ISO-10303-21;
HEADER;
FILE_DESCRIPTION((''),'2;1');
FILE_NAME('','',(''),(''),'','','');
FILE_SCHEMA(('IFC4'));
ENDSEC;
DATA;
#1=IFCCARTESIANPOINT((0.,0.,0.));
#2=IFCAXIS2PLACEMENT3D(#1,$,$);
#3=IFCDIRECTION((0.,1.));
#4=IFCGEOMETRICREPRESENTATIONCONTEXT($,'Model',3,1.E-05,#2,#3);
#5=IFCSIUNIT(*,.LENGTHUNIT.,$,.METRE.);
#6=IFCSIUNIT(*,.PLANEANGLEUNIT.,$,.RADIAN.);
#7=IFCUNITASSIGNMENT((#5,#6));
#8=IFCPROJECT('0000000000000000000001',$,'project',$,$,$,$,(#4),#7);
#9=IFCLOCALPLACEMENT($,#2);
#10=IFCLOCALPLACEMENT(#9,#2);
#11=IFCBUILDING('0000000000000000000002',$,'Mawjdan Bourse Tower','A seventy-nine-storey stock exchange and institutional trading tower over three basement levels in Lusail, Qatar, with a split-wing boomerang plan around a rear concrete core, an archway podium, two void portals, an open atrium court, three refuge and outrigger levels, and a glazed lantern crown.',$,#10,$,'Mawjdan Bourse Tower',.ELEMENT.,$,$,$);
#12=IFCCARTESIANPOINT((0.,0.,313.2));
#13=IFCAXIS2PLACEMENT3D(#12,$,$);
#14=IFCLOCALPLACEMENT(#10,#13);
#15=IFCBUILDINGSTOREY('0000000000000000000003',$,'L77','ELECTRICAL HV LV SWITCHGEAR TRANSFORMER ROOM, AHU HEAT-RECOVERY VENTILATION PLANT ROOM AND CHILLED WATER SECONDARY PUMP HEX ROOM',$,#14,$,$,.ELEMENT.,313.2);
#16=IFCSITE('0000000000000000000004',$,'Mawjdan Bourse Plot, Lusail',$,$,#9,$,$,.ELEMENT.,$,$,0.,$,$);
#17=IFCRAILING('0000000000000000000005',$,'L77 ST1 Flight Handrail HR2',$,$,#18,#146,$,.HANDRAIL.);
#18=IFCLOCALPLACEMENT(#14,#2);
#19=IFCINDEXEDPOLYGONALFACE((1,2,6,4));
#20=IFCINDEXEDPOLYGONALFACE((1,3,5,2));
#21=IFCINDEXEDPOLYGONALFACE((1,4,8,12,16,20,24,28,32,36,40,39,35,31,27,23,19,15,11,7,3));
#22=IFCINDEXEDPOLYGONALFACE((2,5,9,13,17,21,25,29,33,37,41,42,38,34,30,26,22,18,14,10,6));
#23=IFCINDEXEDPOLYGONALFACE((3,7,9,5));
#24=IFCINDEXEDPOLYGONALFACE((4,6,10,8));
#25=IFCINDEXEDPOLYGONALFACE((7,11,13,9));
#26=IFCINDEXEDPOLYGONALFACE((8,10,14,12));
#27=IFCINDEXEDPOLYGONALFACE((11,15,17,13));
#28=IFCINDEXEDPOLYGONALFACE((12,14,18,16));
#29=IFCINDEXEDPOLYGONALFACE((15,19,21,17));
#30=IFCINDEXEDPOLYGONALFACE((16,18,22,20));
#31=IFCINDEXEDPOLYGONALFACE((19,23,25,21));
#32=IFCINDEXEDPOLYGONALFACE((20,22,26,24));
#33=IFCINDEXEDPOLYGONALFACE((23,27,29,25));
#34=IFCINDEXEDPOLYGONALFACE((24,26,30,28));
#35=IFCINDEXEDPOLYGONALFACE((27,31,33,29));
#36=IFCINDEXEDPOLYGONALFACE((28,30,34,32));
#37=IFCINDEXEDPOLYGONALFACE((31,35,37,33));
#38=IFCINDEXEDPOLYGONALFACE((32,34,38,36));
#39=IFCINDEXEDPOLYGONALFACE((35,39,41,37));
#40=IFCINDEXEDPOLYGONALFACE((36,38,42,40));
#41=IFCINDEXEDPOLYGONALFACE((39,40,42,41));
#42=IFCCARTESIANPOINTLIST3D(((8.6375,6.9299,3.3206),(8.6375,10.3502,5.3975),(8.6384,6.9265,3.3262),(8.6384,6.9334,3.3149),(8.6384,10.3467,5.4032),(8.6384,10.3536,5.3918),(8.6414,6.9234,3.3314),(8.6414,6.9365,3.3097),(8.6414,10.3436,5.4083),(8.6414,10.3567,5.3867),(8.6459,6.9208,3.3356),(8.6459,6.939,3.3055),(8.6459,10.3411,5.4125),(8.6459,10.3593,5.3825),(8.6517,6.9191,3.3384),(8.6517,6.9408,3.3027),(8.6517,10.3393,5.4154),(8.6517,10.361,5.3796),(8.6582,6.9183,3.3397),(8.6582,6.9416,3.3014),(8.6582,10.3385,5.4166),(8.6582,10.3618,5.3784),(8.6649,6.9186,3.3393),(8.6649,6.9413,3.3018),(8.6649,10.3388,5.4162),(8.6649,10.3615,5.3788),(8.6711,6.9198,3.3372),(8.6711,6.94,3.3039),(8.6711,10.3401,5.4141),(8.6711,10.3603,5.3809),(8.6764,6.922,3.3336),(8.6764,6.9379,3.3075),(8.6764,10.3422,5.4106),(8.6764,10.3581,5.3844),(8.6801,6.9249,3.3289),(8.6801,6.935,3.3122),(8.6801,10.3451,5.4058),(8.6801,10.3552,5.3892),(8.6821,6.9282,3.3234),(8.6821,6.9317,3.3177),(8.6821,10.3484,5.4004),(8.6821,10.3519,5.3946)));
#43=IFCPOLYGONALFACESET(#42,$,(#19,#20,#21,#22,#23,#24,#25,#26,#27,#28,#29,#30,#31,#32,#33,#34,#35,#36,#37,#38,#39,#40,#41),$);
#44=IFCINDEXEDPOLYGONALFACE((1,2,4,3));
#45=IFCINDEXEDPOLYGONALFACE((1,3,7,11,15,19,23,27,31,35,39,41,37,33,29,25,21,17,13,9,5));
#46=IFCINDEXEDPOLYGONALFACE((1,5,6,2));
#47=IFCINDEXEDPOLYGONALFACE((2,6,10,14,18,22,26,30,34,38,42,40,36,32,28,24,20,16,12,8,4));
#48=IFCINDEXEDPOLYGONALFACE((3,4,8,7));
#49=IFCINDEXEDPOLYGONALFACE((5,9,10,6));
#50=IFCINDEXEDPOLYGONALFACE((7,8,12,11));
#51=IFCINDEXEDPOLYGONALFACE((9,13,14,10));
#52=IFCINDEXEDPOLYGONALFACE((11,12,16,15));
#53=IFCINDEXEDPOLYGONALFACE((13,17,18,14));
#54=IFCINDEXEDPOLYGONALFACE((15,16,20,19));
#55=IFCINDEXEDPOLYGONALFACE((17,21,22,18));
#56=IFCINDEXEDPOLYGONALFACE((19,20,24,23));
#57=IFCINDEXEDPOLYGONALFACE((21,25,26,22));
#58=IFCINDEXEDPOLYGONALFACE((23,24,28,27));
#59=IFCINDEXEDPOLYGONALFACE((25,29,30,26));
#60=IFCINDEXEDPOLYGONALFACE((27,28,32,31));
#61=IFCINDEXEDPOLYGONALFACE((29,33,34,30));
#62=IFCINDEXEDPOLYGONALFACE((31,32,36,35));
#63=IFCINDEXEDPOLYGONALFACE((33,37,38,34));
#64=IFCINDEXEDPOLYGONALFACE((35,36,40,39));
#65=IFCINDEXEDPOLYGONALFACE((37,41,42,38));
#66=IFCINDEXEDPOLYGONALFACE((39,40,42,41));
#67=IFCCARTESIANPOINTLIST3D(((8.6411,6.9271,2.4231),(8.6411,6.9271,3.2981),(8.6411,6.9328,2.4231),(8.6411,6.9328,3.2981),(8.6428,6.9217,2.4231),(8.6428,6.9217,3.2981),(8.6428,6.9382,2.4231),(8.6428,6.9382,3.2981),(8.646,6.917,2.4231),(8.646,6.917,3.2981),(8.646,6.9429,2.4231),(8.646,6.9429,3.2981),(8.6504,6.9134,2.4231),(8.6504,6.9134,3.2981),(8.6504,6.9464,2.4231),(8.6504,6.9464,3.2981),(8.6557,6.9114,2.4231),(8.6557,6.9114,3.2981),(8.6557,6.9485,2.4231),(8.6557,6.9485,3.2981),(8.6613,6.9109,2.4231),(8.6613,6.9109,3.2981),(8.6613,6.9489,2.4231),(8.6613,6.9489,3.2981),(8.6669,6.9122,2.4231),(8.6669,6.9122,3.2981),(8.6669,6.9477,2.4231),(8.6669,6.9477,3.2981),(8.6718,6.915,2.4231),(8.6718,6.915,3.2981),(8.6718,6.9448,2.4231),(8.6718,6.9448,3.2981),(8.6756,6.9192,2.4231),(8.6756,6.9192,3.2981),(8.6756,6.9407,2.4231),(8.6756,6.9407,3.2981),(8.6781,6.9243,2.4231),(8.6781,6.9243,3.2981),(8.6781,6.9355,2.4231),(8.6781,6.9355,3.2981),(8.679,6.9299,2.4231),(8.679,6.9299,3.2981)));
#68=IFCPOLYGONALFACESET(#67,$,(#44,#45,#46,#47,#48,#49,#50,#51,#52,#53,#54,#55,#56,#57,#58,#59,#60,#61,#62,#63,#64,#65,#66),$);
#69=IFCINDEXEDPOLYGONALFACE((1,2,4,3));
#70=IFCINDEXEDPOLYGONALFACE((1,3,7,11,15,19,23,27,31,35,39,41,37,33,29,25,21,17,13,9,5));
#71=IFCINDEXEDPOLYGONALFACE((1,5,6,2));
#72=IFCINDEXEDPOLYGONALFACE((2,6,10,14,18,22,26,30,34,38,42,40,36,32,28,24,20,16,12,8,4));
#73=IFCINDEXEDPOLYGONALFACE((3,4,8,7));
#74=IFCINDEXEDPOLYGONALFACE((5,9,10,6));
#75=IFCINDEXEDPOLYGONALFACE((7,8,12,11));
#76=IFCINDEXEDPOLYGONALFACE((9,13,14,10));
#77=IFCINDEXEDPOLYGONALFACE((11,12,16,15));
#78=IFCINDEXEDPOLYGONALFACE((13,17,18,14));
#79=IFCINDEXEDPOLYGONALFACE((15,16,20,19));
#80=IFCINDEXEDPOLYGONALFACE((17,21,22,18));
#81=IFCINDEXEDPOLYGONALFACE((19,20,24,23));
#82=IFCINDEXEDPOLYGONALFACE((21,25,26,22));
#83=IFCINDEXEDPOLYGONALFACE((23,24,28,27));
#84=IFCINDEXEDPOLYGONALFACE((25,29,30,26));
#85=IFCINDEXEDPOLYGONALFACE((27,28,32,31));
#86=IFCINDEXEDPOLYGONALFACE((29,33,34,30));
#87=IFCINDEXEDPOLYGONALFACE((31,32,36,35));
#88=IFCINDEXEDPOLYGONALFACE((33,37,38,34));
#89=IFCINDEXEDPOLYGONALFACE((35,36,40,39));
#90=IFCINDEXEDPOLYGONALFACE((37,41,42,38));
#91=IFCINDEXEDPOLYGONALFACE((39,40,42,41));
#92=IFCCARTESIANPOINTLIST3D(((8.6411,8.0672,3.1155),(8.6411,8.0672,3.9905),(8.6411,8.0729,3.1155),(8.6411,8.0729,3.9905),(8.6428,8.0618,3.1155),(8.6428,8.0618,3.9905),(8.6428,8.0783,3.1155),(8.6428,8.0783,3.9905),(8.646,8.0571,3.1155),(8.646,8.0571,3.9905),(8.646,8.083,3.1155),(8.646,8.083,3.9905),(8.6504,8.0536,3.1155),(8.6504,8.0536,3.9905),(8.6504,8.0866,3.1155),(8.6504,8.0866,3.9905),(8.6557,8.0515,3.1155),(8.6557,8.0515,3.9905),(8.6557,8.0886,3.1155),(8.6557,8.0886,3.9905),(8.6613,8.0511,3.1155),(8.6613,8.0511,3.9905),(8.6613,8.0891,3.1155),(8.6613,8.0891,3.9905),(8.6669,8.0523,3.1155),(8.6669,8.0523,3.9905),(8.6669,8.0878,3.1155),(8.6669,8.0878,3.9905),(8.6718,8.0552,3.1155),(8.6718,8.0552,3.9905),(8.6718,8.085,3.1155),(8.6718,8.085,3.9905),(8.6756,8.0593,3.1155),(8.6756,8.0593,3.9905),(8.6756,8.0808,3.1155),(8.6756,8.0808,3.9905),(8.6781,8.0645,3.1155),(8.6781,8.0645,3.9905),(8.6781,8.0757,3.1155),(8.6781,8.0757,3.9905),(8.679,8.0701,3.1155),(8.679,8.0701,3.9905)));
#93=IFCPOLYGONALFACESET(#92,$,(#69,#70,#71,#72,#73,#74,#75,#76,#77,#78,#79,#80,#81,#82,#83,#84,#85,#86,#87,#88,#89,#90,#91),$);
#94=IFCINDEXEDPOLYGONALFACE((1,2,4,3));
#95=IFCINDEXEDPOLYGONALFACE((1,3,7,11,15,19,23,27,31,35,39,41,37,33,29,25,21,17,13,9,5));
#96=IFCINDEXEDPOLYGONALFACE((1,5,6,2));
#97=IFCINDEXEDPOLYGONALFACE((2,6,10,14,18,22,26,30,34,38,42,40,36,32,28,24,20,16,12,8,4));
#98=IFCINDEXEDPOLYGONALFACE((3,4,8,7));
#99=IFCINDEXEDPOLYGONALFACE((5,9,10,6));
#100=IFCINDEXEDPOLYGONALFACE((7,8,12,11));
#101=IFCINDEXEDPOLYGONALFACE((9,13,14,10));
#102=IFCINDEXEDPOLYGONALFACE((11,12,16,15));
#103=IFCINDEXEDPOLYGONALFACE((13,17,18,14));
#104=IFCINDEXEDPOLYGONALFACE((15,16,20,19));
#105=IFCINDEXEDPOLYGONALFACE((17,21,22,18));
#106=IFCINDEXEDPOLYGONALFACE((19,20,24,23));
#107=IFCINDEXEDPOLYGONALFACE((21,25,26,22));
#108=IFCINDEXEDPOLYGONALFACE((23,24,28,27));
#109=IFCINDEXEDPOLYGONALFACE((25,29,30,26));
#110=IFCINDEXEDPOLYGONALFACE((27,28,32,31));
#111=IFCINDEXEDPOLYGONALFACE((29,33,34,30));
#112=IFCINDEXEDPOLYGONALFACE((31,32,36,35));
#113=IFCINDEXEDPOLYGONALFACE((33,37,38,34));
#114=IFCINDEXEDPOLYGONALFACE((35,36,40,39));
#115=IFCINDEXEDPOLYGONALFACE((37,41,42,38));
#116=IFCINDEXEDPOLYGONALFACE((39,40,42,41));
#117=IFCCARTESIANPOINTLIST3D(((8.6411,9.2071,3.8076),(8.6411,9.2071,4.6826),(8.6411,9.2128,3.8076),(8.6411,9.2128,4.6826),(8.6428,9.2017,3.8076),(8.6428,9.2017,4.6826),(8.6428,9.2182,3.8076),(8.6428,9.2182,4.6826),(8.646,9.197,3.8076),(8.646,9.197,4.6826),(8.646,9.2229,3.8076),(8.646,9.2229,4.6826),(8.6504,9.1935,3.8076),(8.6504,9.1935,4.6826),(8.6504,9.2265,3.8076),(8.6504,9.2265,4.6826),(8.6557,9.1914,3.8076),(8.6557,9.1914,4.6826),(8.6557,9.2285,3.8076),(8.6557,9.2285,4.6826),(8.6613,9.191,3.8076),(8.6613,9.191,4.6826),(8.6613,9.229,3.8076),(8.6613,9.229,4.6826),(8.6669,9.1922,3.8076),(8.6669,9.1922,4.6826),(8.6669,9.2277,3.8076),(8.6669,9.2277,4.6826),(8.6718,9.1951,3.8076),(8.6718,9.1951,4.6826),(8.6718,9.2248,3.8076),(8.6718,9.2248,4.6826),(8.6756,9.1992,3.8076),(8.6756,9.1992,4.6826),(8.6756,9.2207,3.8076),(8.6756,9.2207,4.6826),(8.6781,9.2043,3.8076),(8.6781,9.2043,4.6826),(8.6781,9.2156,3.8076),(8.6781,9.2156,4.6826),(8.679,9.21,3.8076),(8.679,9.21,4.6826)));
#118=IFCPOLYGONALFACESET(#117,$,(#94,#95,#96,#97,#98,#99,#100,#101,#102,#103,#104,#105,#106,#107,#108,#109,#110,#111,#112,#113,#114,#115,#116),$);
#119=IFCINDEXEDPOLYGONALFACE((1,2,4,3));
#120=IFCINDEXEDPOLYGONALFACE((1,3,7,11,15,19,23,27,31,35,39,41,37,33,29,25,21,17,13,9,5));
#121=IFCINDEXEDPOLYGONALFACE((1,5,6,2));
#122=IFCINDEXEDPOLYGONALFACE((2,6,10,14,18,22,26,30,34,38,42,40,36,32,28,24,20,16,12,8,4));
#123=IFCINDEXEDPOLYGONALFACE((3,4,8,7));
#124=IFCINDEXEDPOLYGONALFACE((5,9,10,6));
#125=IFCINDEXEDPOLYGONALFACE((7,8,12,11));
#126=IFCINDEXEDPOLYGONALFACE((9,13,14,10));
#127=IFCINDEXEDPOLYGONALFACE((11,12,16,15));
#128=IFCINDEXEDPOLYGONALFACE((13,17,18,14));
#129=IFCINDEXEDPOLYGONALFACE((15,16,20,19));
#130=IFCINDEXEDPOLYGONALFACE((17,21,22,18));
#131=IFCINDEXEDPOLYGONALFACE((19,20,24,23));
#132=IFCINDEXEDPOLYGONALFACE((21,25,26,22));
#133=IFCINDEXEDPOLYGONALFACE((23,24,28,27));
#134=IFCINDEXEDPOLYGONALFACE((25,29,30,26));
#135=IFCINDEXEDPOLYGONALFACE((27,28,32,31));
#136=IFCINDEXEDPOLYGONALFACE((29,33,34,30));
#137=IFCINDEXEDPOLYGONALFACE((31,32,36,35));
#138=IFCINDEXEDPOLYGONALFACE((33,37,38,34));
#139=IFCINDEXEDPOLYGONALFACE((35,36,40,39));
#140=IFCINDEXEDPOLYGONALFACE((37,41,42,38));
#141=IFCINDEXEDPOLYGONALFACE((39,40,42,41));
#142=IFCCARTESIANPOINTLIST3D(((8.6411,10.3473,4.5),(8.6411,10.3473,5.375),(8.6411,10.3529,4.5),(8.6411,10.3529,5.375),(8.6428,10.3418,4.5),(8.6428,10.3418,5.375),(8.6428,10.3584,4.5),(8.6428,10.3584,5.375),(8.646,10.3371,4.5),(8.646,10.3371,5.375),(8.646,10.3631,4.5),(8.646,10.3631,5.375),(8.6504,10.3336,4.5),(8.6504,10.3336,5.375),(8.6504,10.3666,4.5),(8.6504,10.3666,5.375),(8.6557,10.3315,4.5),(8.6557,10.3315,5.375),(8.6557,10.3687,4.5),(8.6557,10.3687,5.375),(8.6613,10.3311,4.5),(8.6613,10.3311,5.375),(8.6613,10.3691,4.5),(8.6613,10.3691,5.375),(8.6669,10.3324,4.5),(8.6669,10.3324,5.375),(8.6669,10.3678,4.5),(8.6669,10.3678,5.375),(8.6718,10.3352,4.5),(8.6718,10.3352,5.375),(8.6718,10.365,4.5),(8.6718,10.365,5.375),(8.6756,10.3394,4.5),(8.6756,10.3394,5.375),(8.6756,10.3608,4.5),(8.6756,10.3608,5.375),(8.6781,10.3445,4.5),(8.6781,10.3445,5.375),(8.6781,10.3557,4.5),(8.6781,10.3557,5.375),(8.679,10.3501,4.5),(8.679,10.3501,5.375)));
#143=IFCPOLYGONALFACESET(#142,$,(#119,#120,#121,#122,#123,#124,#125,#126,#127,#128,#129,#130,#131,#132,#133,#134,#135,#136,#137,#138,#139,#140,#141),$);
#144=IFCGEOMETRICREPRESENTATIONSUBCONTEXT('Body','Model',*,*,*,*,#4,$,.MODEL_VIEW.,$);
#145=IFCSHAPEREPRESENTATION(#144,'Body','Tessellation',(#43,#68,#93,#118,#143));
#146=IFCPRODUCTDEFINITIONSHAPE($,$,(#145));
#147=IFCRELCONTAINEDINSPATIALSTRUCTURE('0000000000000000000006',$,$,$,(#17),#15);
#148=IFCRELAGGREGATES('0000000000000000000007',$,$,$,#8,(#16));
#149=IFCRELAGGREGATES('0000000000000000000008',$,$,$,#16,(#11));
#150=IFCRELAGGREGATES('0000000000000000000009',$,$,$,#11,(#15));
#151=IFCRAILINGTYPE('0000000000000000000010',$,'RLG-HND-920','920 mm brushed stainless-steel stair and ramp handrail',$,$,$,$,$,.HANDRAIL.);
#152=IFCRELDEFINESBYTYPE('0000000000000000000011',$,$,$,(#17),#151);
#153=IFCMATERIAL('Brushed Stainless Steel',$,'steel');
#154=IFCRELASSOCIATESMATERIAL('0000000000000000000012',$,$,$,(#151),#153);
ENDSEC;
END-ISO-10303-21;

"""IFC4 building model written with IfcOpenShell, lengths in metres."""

from ifc_helpers import new_model, si_unit, direction, frame, origin, origin_2d, place, context, subcontext, project, spatial, circle, extrude, material, type_object, element, save


model = new_model("IFC4")

# Units and contexts
model_context = context("Model", 3, precision=1e-05, world=origin(), true_north=direction((0.0, 1.0)))
body_context = subcontext(model_context, "Body", "Model", "MODEL_VIEW")
ifc_project = project(units=[si_unit("LENGTHUNIT", "METRE"), si_unit("PLANEANGLEUNIT", "RADIAN")], contexts=[model_context])

# Site, building, storey
site_placement = place(None, origin())
site = spatial("IfcSite", under=ifc_project, at=site_placement, Name="Mawjdan Bourse Plot, Lusail", CompositionType="ELEMENT", RefElevation=0.0)
building_placement = place(site_placement, origin())
building = spatial("IfcBuilding", under=site, at=building_placement, Name="Mawjdan Bourse Tower", Description="A seventy-nine-storey stock exchange and institutional trading tower over three basement levels in Lusail, Qatar, with a split-wing boomerang plan around a rear concrete core, an archway podium, two void portals, an open atrium court, three refuge and outrigger levels, and a glazed lantern crown.", LongName="Mawjdan Bourse Tower", CompositionType="ELEMENT")
storey_placement = place(building_placement, frame((0.0, 0.0, 313.2)))
storey = spatial("IfcBuildingStorey", under=building, at=storey_placement, Name="L77", Description="ELECTRICAL HV LV SWITCHGEAR TRANSFORMER ROOM, AHU HEAT-RECOVERY VENTILATION PLANT ROOM AND CHILLED WATER SECONDARY PUMP HEX ROOM", CompositionType="ELEMENT", Elevation=313.2)

# Shared definitions
ifc_material_1 = material(Name="Brushed Stainless Steel", Category="steel")

# Railing
railing_type_1 = type_object("IfcRailingType", Name="RLG-HND-920", Description="920 mm brushed stainless-steel stair and ramp handrail", PredefinedType="HANDRAIL", material=ifc_material_1)
railing_1_placement = place(storey_placement, frame((8.6599, 6.9299, 2.4231)))
element("IfcRailing", 1, at=railing_1_placement, inside=storey, type_object=railing_type_1, Name="L77 ST1 Flight Handrail HR2", PredefinedType="HANDRAIL", context=body_context, shape_type="SweptSolid", body=[
    extrude(circle(Radius=0.0225, at=origin_2d()), frame((0.0, 0.0, 0.8975), z_axis=(0.0, 0.854746, 0.519047), x_axis=(-1.0, 0.0, 0.0)), (0.0, 0.0, 1.0), 4.0015),
    extrude(circle(Radius=0.019, at=origin_2d()), origin(), (0.0, 0.0, 1.0), 0.875),
    extrude(circle(Radius=0.019, at=origin_2d()), frame((0.0, 1.1401, 0.6924)), (0.0, 0.0, 1.0), 0.875),
    extrude(circle(Radius=0.019, at=origin_2d()), frame((0.0, 2.28, 1.3845)), (0.0, 0.0, 1.0), 0.875),
    extrude(circle(Radius=0.019, at=origin_2d()), frame((0.0, 3.4202, 2.0769)), (0.0, 0.0, 1.0), 0.875),
])

save(model, "model.ifc")
